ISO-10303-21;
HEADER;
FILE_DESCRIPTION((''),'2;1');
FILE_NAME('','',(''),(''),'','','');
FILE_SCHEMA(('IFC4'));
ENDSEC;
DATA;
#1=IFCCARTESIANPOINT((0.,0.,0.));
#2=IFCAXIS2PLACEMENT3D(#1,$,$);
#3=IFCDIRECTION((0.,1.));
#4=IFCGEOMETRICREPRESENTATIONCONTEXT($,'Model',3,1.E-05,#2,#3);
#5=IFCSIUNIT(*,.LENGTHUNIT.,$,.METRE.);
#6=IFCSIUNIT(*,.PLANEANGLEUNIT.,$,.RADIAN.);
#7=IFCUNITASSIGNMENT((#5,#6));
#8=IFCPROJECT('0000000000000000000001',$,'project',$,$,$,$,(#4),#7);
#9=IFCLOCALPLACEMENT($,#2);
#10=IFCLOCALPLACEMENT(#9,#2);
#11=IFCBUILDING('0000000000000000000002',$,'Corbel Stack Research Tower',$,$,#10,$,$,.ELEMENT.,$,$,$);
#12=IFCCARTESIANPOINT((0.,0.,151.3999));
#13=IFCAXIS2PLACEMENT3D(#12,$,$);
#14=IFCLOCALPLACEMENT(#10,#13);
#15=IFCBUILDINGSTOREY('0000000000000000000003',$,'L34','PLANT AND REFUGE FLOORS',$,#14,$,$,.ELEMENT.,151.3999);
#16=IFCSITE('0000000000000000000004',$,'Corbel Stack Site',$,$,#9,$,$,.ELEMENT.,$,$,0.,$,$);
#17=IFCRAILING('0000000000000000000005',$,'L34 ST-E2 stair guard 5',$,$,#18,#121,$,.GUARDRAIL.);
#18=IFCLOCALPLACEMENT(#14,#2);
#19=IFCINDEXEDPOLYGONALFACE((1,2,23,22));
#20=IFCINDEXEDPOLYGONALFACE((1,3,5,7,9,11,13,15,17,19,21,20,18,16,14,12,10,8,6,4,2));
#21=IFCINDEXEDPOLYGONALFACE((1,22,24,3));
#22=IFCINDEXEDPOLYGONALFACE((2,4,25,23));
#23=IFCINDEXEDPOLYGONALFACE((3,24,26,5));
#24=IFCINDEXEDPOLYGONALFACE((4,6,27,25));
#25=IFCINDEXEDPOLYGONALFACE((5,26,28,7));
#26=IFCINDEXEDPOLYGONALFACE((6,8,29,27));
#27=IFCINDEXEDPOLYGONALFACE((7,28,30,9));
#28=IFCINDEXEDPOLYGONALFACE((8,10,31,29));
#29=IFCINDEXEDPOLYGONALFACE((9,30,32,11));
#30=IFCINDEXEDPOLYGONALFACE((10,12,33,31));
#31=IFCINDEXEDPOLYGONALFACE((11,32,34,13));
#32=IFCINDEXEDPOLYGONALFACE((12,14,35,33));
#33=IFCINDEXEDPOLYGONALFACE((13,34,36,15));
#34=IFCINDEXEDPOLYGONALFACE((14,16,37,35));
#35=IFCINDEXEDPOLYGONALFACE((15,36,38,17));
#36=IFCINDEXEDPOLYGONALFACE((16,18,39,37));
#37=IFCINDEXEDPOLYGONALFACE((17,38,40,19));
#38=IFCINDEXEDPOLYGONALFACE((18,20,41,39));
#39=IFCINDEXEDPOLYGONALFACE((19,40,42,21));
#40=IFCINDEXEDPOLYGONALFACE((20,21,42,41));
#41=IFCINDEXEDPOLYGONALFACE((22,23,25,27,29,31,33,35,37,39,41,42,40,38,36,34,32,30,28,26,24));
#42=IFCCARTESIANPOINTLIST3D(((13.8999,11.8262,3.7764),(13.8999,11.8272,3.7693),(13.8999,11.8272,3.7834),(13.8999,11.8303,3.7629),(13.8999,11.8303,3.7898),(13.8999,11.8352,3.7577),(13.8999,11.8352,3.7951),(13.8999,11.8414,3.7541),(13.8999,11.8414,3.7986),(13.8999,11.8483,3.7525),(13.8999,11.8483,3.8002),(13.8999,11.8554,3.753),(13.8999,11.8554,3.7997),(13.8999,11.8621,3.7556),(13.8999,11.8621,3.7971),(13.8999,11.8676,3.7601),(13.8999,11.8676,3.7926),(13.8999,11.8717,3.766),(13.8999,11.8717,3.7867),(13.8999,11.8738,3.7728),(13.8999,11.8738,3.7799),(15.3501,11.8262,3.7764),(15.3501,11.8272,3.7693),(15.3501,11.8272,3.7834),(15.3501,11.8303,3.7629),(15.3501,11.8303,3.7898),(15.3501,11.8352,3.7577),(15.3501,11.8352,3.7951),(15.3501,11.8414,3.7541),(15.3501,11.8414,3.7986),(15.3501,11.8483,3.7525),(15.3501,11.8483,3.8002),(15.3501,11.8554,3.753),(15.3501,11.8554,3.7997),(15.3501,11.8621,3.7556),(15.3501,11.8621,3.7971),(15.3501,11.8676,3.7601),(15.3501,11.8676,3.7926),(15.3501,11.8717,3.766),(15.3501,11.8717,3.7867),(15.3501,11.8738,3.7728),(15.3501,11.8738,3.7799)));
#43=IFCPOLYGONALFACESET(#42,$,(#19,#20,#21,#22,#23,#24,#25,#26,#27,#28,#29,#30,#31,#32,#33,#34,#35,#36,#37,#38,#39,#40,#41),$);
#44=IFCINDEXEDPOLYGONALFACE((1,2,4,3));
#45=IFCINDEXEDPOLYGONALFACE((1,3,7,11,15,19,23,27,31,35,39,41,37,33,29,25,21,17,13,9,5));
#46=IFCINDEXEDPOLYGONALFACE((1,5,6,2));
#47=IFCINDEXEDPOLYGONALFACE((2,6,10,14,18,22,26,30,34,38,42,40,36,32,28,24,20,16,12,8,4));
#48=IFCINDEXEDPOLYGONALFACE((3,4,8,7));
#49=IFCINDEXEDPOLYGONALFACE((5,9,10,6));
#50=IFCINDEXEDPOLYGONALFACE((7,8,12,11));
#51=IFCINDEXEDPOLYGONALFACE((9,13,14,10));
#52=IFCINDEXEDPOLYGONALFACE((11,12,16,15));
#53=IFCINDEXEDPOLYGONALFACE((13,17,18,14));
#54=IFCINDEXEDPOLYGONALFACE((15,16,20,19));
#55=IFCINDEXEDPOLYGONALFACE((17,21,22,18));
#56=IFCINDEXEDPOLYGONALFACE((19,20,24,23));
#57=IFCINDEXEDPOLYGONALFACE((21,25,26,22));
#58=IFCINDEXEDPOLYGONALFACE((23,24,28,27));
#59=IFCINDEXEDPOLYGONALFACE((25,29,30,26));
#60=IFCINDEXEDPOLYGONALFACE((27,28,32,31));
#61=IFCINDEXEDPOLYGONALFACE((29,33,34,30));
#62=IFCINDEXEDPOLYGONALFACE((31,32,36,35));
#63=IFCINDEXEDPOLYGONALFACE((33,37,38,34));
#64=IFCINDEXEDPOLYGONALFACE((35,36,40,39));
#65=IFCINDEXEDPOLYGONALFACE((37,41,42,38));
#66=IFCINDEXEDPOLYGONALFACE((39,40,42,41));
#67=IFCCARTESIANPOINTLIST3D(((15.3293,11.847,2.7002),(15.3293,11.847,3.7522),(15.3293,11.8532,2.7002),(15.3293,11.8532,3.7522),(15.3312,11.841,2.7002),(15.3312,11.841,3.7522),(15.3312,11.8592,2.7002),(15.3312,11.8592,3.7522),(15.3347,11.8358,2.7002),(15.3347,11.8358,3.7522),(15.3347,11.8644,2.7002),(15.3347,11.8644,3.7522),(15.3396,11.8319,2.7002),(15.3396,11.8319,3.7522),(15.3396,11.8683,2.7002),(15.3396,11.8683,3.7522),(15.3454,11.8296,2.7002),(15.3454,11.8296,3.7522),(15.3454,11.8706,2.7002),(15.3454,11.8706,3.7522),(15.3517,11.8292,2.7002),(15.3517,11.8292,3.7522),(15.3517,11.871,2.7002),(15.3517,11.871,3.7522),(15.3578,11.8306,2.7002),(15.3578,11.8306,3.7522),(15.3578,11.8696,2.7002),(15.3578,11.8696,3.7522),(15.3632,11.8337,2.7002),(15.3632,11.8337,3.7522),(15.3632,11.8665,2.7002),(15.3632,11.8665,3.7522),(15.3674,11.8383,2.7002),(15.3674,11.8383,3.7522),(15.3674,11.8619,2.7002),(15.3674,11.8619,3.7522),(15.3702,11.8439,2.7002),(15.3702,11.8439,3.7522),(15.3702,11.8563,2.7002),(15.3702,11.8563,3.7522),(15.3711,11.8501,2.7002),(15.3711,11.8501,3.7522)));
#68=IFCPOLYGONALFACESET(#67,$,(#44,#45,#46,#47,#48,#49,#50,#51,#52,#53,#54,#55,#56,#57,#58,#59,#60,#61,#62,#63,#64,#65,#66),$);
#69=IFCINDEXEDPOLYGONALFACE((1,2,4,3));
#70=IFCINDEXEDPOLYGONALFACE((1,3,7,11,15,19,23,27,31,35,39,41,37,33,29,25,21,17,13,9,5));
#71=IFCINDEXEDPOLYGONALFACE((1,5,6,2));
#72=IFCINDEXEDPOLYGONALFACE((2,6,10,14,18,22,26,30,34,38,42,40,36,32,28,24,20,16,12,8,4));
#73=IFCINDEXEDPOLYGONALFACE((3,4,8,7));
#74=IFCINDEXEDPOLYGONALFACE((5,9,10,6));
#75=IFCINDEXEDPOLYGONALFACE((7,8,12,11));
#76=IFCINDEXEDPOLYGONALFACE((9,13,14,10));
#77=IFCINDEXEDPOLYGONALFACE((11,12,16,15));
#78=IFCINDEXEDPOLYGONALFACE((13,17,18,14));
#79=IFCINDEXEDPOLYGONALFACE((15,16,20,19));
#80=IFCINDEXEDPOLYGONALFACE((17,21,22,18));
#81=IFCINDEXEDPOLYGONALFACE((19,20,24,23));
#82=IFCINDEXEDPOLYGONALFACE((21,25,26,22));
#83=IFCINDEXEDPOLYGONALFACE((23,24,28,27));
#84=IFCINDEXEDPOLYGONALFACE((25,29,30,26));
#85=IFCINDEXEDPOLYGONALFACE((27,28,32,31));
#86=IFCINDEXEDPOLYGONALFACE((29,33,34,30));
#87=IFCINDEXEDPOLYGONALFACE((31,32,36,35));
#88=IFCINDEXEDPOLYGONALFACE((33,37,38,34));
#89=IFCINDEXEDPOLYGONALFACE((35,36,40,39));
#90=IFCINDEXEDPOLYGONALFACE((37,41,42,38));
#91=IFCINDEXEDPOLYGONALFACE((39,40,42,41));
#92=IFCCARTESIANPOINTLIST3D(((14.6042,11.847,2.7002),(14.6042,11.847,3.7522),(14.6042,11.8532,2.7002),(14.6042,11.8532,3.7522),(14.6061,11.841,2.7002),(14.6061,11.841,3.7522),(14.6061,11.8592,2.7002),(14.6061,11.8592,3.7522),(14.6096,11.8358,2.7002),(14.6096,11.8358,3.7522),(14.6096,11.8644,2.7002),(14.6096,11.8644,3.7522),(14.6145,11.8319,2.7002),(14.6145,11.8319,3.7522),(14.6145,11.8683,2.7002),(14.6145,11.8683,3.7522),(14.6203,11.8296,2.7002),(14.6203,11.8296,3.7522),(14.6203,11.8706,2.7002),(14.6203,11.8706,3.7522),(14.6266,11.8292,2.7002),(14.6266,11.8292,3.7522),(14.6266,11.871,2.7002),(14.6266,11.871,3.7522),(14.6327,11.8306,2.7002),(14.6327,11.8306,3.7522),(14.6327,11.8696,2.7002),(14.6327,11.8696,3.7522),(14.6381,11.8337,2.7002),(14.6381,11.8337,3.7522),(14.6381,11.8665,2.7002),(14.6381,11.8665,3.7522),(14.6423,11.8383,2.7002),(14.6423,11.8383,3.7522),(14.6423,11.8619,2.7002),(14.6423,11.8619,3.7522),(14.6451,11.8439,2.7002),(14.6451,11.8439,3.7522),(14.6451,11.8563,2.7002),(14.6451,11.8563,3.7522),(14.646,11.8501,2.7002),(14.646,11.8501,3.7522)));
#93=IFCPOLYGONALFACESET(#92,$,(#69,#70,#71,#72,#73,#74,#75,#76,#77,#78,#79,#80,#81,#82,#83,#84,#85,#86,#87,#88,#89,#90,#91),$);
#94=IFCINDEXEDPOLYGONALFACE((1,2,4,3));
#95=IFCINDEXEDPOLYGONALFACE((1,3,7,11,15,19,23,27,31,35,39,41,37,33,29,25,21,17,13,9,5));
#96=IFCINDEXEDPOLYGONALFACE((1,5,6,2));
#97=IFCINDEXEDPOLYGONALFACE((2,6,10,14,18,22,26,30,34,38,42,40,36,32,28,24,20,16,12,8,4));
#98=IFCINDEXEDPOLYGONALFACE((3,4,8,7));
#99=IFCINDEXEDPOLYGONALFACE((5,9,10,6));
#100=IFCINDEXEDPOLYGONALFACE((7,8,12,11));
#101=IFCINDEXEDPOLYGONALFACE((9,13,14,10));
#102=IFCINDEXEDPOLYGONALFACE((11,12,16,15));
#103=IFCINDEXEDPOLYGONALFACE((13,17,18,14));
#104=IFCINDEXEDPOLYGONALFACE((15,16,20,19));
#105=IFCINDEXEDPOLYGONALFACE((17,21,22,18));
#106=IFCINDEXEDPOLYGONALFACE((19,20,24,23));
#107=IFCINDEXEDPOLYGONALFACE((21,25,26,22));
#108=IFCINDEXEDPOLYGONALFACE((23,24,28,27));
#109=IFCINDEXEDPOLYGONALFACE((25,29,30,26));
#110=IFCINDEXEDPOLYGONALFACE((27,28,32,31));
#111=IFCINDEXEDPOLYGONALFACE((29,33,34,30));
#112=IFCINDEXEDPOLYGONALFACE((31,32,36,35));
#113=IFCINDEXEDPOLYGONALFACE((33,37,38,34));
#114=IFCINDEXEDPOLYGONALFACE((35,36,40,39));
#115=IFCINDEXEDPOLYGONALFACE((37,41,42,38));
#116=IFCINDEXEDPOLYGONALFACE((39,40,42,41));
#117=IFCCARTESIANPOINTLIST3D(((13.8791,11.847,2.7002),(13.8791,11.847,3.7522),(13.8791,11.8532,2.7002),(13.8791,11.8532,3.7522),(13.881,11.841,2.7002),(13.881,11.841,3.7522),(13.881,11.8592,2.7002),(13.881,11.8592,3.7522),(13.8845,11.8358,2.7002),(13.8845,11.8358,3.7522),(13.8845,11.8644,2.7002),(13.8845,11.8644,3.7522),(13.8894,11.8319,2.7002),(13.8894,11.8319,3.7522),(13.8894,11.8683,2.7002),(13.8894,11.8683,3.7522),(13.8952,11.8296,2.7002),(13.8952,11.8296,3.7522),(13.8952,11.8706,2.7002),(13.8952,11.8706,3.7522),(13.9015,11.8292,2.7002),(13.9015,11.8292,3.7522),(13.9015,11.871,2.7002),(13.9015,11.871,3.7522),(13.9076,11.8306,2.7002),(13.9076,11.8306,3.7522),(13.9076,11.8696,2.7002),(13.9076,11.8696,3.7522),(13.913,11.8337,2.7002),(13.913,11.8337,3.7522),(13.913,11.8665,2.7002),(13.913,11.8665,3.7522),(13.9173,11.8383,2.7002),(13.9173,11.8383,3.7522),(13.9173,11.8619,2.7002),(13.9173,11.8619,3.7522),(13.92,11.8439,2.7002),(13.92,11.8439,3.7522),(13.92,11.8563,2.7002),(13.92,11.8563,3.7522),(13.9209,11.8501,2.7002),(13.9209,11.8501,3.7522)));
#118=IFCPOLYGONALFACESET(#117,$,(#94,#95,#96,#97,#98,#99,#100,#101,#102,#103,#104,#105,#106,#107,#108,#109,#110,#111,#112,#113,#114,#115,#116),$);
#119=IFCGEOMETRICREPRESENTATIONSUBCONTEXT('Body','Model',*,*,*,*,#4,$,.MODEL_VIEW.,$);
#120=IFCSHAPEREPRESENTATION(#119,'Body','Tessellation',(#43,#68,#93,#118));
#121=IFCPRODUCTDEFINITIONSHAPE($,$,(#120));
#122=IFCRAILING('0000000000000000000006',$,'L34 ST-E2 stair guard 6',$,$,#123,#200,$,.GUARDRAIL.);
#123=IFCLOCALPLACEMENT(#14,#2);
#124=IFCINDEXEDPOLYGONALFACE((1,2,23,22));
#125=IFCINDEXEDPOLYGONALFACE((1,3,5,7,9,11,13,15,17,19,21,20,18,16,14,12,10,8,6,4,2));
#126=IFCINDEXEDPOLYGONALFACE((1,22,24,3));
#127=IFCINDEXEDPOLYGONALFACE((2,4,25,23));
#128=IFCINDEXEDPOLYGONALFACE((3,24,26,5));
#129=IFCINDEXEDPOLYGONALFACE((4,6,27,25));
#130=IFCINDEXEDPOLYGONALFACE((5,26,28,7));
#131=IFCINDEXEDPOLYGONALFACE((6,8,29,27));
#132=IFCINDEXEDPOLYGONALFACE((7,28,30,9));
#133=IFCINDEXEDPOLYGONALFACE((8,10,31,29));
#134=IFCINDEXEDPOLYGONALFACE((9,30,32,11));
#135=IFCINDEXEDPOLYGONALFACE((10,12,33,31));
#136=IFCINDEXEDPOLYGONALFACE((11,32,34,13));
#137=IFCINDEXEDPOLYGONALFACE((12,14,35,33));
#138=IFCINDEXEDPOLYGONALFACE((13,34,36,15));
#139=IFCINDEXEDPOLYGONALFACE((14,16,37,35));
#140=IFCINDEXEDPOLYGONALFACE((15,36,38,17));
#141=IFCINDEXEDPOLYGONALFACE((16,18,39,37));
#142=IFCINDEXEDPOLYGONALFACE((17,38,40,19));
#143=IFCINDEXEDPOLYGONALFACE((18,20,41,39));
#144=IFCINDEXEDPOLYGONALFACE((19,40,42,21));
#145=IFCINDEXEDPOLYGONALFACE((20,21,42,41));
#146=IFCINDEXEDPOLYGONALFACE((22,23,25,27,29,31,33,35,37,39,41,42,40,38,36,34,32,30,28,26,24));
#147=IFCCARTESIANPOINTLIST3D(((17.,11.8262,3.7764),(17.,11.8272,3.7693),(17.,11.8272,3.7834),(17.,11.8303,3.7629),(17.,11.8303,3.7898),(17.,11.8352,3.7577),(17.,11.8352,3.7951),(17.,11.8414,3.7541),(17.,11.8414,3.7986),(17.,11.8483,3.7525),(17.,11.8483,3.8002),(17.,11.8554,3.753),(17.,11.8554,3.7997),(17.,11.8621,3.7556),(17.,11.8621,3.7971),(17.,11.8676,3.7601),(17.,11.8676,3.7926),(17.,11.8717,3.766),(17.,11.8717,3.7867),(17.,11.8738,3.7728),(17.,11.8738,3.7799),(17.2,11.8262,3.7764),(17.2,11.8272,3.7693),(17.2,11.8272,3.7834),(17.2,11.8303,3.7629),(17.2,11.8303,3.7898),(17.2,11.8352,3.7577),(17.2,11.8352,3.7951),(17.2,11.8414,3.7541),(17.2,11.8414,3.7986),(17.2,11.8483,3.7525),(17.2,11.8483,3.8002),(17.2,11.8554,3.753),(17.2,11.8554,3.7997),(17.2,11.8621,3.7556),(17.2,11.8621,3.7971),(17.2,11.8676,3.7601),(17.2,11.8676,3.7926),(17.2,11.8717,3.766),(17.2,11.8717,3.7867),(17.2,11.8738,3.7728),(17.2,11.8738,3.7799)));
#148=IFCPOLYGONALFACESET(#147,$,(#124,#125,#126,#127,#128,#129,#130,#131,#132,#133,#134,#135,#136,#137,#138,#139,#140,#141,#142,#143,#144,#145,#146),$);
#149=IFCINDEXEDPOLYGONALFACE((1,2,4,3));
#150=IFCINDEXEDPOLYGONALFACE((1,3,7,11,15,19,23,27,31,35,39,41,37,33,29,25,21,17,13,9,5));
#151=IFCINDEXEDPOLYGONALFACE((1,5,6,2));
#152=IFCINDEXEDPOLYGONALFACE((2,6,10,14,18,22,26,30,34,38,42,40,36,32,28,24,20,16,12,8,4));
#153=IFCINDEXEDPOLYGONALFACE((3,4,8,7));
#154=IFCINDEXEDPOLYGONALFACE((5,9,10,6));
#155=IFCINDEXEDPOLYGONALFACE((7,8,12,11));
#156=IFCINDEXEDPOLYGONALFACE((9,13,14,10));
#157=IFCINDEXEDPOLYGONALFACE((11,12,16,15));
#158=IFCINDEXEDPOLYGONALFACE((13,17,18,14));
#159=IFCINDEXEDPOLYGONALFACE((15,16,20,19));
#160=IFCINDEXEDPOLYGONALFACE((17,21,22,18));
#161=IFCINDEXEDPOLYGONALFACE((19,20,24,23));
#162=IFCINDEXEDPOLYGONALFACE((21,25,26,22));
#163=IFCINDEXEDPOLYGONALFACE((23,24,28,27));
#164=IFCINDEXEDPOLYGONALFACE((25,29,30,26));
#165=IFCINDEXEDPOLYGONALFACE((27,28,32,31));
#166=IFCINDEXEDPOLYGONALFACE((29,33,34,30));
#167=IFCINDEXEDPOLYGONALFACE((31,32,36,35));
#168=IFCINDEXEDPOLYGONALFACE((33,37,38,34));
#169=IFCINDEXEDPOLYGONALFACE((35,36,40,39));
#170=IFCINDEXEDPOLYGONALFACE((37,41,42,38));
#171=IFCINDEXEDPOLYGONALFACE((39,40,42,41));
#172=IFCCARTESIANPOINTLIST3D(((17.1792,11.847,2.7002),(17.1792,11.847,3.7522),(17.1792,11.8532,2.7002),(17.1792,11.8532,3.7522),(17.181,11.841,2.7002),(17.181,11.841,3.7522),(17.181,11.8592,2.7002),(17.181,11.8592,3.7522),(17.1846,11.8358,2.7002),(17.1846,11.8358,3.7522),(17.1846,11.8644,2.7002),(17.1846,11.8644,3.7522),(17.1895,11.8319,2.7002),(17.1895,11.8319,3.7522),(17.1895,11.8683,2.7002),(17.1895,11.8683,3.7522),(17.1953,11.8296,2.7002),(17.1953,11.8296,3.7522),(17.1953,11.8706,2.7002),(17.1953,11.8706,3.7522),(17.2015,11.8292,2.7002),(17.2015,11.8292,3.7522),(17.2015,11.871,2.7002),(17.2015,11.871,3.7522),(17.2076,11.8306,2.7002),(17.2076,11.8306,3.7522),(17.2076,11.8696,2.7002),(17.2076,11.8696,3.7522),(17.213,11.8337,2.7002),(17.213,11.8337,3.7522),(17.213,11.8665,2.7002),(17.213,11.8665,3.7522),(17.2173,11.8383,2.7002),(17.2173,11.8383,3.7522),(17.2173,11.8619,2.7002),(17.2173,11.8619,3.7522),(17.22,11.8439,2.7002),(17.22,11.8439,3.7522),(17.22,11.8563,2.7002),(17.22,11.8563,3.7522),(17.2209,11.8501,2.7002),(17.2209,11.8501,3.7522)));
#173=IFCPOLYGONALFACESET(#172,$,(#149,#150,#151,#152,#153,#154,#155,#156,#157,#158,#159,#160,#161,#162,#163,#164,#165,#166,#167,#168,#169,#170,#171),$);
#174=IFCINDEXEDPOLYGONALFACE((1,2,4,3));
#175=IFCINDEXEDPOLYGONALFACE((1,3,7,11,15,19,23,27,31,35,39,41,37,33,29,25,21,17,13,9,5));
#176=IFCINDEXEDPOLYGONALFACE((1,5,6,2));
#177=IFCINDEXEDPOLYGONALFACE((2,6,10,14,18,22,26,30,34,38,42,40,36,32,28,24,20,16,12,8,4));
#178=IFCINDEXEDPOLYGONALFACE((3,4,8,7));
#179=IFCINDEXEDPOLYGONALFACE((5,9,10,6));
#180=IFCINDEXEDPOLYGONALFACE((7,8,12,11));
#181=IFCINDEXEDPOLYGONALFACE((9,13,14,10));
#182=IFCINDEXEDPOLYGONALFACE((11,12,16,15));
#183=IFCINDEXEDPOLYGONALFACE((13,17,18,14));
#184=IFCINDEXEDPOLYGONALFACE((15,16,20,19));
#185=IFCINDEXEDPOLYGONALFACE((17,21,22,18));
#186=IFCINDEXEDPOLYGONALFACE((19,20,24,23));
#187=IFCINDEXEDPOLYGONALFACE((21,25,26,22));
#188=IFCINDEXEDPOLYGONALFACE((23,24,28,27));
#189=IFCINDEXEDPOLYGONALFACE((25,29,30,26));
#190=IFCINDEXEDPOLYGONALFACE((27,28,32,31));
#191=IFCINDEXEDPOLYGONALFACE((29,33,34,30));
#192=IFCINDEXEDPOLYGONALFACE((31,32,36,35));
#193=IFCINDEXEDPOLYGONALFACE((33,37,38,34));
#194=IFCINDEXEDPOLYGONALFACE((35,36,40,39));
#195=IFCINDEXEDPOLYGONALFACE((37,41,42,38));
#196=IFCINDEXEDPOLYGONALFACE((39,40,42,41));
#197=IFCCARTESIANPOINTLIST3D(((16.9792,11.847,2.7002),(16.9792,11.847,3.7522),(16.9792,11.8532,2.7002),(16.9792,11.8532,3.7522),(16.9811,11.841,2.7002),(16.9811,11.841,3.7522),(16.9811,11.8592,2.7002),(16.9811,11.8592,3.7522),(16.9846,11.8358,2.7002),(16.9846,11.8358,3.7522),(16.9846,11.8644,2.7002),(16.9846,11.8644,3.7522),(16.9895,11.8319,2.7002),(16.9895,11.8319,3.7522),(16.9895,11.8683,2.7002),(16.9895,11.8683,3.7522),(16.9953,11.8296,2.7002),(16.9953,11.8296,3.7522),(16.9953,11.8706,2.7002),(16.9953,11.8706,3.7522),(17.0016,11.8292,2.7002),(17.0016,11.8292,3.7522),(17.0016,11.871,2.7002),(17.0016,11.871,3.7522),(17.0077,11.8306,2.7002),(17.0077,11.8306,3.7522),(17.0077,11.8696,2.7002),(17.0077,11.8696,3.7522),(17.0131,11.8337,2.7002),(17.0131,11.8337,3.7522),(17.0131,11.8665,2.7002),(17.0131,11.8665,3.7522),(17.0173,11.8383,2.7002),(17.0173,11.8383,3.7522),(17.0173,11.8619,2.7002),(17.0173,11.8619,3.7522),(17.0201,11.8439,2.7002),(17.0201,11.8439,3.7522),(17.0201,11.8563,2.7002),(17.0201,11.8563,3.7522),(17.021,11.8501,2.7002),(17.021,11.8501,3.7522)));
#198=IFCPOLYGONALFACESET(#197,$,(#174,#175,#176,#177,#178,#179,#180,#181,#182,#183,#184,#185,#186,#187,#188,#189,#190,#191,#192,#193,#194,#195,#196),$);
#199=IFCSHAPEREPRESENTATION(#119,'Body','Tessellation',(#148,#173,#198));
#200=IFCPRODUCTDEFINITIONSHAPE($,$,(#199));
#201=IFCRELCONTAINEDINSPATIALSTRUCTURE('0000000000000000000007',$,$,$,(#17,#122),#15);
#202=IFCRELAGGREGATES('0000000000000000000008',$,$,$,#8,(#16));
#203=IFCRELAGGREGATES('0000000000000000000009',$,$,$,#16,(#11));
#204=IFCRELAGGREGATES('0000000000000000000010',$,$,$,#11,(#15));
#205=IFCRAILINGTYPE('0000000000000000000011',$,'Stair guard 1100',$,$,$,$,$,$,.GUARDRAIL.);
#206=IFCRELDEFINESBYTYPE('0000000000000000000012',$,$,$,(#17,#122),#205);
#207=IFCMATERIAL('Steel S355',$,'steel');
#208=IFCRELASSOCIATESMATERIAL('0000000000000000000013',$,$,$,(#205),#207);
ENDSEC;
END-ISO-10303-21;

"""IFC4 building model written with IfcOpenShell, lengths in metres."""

from ifc_helpers import new_model, si_unit, direction, frame, origin, origin_2d, place, context, subcontext, project, spatial, circle, extrude, material, type_object, element, save


model = new_model("IFC4")

# Units and contexts
model_context = context("Model", 3, precision=1e-05, world=origin(), true_north=direction((0.0, 1.0)))
body_context = subcontext(model_context, "Body", "Model", "MODEL_VIEW")
ifc_project = project(units=[si_unit("LENGTHUNIT", "METRE"), si_unit("PLANEANGLEUNIT", "RADIAN")], contexts=[model_context])

# Site, building, storey
site_placement = place(None, origin())
site = spatial("IfcSite", under=ifc_project, at=site_placement, Name="Corbel Stack Site", CompositionType="ELEMENT", RefElevation=0.0)
building_placement = place(site_placement, origin())
building = spatial("IfcBuilding", under=site, at=building_placement, Name="Corbel Stack Research Tower", CompositionType="ELEMENT")
storey_placement = place(building_placement, frame((0.0, 0.0, 151.3999)))
storey = spatial("IfcBuildingStorey", under=building, at=storey_placement, Name="L34", Description="PLANT AND REFUGE FLOORS", CompositionType="ELEMENT", Elevation=151.3999)

# Railings
ifc_material_1 = material(Name="Steel S355", Category="steel")
railing_type_1 = type_object("IfcRailingType", Name="Stair guard 1100", PredefinedType="GUARDRAIL", material=ifc_material_1)
railing_1_placement = place(storey_placement, frame((15.3501, 11.8501, 2.7002)))
element("IfcRailing", 1, at=railing_1_placement, inside=storey, type_object=railing_type_1, Name="L34 ST-E2 stair guard 5", PredefinedType="GUARDRAIL", context=body_context, shape_type="SweptSolid", body=[
    extrude(circle(Radius=0.0239, at=origin_2d()), frame((0.0, 0.0, 1.0762), z_axis=(-1.0, 0.0, 0.0), x_axis=(0.0, -1.0, 0.0)), (0.0, 0.0, 1.0), 1.4502),
    extrude(circle(Radius=0.021, at=origin_2d()), origin(), (0.0, 0.0, 1.0), 1.052),
    extrude(circle(Radius=0.021, at=origin_2d()), frame((-0.7251, 0.0, 0.0)), (0.0, 0.0, 1.0), 1.052),
    extrude(circle(Radius=0.021, at=origin_2d()), frame((-1.4502, 0.0, 0.0)), (0.0, 0.0, 1.0), 1.052),
])
railing_2_placement = place(storey_placement, frame((17.2, 11.8501, 2.7002)))
element("IfcRailing", 2, at=railing_2_placement, inside=storey, type_object=railing_type_1, Name="L34 ST-E2 stair guard 6", PredefinedType="GUARDRAIL", context=body_context, shape_type="SweptSolid", body=[
    extrude(circle(Radius=0.0239, at=origin_2d()), frame((0.0, 0.0, 1.0762), z_axis=(-1.0, 0.0, 0.0), x_axis=(0.0, -1.0, 0.0)), (0.0, 0.0, 1.0), 0.2),
    extrude(circle(Radius=0.021, at=origin_2d()), origin(), (0.0, 0.0, 1.0), 1.052),
    extrude(circle(Radius=0.021, at=origin_2d()), frame((-0.2, 0.0, 0.0)), (0.0, 0.0, 1.0), 1.052),
])

save(model, "model.ifc")
